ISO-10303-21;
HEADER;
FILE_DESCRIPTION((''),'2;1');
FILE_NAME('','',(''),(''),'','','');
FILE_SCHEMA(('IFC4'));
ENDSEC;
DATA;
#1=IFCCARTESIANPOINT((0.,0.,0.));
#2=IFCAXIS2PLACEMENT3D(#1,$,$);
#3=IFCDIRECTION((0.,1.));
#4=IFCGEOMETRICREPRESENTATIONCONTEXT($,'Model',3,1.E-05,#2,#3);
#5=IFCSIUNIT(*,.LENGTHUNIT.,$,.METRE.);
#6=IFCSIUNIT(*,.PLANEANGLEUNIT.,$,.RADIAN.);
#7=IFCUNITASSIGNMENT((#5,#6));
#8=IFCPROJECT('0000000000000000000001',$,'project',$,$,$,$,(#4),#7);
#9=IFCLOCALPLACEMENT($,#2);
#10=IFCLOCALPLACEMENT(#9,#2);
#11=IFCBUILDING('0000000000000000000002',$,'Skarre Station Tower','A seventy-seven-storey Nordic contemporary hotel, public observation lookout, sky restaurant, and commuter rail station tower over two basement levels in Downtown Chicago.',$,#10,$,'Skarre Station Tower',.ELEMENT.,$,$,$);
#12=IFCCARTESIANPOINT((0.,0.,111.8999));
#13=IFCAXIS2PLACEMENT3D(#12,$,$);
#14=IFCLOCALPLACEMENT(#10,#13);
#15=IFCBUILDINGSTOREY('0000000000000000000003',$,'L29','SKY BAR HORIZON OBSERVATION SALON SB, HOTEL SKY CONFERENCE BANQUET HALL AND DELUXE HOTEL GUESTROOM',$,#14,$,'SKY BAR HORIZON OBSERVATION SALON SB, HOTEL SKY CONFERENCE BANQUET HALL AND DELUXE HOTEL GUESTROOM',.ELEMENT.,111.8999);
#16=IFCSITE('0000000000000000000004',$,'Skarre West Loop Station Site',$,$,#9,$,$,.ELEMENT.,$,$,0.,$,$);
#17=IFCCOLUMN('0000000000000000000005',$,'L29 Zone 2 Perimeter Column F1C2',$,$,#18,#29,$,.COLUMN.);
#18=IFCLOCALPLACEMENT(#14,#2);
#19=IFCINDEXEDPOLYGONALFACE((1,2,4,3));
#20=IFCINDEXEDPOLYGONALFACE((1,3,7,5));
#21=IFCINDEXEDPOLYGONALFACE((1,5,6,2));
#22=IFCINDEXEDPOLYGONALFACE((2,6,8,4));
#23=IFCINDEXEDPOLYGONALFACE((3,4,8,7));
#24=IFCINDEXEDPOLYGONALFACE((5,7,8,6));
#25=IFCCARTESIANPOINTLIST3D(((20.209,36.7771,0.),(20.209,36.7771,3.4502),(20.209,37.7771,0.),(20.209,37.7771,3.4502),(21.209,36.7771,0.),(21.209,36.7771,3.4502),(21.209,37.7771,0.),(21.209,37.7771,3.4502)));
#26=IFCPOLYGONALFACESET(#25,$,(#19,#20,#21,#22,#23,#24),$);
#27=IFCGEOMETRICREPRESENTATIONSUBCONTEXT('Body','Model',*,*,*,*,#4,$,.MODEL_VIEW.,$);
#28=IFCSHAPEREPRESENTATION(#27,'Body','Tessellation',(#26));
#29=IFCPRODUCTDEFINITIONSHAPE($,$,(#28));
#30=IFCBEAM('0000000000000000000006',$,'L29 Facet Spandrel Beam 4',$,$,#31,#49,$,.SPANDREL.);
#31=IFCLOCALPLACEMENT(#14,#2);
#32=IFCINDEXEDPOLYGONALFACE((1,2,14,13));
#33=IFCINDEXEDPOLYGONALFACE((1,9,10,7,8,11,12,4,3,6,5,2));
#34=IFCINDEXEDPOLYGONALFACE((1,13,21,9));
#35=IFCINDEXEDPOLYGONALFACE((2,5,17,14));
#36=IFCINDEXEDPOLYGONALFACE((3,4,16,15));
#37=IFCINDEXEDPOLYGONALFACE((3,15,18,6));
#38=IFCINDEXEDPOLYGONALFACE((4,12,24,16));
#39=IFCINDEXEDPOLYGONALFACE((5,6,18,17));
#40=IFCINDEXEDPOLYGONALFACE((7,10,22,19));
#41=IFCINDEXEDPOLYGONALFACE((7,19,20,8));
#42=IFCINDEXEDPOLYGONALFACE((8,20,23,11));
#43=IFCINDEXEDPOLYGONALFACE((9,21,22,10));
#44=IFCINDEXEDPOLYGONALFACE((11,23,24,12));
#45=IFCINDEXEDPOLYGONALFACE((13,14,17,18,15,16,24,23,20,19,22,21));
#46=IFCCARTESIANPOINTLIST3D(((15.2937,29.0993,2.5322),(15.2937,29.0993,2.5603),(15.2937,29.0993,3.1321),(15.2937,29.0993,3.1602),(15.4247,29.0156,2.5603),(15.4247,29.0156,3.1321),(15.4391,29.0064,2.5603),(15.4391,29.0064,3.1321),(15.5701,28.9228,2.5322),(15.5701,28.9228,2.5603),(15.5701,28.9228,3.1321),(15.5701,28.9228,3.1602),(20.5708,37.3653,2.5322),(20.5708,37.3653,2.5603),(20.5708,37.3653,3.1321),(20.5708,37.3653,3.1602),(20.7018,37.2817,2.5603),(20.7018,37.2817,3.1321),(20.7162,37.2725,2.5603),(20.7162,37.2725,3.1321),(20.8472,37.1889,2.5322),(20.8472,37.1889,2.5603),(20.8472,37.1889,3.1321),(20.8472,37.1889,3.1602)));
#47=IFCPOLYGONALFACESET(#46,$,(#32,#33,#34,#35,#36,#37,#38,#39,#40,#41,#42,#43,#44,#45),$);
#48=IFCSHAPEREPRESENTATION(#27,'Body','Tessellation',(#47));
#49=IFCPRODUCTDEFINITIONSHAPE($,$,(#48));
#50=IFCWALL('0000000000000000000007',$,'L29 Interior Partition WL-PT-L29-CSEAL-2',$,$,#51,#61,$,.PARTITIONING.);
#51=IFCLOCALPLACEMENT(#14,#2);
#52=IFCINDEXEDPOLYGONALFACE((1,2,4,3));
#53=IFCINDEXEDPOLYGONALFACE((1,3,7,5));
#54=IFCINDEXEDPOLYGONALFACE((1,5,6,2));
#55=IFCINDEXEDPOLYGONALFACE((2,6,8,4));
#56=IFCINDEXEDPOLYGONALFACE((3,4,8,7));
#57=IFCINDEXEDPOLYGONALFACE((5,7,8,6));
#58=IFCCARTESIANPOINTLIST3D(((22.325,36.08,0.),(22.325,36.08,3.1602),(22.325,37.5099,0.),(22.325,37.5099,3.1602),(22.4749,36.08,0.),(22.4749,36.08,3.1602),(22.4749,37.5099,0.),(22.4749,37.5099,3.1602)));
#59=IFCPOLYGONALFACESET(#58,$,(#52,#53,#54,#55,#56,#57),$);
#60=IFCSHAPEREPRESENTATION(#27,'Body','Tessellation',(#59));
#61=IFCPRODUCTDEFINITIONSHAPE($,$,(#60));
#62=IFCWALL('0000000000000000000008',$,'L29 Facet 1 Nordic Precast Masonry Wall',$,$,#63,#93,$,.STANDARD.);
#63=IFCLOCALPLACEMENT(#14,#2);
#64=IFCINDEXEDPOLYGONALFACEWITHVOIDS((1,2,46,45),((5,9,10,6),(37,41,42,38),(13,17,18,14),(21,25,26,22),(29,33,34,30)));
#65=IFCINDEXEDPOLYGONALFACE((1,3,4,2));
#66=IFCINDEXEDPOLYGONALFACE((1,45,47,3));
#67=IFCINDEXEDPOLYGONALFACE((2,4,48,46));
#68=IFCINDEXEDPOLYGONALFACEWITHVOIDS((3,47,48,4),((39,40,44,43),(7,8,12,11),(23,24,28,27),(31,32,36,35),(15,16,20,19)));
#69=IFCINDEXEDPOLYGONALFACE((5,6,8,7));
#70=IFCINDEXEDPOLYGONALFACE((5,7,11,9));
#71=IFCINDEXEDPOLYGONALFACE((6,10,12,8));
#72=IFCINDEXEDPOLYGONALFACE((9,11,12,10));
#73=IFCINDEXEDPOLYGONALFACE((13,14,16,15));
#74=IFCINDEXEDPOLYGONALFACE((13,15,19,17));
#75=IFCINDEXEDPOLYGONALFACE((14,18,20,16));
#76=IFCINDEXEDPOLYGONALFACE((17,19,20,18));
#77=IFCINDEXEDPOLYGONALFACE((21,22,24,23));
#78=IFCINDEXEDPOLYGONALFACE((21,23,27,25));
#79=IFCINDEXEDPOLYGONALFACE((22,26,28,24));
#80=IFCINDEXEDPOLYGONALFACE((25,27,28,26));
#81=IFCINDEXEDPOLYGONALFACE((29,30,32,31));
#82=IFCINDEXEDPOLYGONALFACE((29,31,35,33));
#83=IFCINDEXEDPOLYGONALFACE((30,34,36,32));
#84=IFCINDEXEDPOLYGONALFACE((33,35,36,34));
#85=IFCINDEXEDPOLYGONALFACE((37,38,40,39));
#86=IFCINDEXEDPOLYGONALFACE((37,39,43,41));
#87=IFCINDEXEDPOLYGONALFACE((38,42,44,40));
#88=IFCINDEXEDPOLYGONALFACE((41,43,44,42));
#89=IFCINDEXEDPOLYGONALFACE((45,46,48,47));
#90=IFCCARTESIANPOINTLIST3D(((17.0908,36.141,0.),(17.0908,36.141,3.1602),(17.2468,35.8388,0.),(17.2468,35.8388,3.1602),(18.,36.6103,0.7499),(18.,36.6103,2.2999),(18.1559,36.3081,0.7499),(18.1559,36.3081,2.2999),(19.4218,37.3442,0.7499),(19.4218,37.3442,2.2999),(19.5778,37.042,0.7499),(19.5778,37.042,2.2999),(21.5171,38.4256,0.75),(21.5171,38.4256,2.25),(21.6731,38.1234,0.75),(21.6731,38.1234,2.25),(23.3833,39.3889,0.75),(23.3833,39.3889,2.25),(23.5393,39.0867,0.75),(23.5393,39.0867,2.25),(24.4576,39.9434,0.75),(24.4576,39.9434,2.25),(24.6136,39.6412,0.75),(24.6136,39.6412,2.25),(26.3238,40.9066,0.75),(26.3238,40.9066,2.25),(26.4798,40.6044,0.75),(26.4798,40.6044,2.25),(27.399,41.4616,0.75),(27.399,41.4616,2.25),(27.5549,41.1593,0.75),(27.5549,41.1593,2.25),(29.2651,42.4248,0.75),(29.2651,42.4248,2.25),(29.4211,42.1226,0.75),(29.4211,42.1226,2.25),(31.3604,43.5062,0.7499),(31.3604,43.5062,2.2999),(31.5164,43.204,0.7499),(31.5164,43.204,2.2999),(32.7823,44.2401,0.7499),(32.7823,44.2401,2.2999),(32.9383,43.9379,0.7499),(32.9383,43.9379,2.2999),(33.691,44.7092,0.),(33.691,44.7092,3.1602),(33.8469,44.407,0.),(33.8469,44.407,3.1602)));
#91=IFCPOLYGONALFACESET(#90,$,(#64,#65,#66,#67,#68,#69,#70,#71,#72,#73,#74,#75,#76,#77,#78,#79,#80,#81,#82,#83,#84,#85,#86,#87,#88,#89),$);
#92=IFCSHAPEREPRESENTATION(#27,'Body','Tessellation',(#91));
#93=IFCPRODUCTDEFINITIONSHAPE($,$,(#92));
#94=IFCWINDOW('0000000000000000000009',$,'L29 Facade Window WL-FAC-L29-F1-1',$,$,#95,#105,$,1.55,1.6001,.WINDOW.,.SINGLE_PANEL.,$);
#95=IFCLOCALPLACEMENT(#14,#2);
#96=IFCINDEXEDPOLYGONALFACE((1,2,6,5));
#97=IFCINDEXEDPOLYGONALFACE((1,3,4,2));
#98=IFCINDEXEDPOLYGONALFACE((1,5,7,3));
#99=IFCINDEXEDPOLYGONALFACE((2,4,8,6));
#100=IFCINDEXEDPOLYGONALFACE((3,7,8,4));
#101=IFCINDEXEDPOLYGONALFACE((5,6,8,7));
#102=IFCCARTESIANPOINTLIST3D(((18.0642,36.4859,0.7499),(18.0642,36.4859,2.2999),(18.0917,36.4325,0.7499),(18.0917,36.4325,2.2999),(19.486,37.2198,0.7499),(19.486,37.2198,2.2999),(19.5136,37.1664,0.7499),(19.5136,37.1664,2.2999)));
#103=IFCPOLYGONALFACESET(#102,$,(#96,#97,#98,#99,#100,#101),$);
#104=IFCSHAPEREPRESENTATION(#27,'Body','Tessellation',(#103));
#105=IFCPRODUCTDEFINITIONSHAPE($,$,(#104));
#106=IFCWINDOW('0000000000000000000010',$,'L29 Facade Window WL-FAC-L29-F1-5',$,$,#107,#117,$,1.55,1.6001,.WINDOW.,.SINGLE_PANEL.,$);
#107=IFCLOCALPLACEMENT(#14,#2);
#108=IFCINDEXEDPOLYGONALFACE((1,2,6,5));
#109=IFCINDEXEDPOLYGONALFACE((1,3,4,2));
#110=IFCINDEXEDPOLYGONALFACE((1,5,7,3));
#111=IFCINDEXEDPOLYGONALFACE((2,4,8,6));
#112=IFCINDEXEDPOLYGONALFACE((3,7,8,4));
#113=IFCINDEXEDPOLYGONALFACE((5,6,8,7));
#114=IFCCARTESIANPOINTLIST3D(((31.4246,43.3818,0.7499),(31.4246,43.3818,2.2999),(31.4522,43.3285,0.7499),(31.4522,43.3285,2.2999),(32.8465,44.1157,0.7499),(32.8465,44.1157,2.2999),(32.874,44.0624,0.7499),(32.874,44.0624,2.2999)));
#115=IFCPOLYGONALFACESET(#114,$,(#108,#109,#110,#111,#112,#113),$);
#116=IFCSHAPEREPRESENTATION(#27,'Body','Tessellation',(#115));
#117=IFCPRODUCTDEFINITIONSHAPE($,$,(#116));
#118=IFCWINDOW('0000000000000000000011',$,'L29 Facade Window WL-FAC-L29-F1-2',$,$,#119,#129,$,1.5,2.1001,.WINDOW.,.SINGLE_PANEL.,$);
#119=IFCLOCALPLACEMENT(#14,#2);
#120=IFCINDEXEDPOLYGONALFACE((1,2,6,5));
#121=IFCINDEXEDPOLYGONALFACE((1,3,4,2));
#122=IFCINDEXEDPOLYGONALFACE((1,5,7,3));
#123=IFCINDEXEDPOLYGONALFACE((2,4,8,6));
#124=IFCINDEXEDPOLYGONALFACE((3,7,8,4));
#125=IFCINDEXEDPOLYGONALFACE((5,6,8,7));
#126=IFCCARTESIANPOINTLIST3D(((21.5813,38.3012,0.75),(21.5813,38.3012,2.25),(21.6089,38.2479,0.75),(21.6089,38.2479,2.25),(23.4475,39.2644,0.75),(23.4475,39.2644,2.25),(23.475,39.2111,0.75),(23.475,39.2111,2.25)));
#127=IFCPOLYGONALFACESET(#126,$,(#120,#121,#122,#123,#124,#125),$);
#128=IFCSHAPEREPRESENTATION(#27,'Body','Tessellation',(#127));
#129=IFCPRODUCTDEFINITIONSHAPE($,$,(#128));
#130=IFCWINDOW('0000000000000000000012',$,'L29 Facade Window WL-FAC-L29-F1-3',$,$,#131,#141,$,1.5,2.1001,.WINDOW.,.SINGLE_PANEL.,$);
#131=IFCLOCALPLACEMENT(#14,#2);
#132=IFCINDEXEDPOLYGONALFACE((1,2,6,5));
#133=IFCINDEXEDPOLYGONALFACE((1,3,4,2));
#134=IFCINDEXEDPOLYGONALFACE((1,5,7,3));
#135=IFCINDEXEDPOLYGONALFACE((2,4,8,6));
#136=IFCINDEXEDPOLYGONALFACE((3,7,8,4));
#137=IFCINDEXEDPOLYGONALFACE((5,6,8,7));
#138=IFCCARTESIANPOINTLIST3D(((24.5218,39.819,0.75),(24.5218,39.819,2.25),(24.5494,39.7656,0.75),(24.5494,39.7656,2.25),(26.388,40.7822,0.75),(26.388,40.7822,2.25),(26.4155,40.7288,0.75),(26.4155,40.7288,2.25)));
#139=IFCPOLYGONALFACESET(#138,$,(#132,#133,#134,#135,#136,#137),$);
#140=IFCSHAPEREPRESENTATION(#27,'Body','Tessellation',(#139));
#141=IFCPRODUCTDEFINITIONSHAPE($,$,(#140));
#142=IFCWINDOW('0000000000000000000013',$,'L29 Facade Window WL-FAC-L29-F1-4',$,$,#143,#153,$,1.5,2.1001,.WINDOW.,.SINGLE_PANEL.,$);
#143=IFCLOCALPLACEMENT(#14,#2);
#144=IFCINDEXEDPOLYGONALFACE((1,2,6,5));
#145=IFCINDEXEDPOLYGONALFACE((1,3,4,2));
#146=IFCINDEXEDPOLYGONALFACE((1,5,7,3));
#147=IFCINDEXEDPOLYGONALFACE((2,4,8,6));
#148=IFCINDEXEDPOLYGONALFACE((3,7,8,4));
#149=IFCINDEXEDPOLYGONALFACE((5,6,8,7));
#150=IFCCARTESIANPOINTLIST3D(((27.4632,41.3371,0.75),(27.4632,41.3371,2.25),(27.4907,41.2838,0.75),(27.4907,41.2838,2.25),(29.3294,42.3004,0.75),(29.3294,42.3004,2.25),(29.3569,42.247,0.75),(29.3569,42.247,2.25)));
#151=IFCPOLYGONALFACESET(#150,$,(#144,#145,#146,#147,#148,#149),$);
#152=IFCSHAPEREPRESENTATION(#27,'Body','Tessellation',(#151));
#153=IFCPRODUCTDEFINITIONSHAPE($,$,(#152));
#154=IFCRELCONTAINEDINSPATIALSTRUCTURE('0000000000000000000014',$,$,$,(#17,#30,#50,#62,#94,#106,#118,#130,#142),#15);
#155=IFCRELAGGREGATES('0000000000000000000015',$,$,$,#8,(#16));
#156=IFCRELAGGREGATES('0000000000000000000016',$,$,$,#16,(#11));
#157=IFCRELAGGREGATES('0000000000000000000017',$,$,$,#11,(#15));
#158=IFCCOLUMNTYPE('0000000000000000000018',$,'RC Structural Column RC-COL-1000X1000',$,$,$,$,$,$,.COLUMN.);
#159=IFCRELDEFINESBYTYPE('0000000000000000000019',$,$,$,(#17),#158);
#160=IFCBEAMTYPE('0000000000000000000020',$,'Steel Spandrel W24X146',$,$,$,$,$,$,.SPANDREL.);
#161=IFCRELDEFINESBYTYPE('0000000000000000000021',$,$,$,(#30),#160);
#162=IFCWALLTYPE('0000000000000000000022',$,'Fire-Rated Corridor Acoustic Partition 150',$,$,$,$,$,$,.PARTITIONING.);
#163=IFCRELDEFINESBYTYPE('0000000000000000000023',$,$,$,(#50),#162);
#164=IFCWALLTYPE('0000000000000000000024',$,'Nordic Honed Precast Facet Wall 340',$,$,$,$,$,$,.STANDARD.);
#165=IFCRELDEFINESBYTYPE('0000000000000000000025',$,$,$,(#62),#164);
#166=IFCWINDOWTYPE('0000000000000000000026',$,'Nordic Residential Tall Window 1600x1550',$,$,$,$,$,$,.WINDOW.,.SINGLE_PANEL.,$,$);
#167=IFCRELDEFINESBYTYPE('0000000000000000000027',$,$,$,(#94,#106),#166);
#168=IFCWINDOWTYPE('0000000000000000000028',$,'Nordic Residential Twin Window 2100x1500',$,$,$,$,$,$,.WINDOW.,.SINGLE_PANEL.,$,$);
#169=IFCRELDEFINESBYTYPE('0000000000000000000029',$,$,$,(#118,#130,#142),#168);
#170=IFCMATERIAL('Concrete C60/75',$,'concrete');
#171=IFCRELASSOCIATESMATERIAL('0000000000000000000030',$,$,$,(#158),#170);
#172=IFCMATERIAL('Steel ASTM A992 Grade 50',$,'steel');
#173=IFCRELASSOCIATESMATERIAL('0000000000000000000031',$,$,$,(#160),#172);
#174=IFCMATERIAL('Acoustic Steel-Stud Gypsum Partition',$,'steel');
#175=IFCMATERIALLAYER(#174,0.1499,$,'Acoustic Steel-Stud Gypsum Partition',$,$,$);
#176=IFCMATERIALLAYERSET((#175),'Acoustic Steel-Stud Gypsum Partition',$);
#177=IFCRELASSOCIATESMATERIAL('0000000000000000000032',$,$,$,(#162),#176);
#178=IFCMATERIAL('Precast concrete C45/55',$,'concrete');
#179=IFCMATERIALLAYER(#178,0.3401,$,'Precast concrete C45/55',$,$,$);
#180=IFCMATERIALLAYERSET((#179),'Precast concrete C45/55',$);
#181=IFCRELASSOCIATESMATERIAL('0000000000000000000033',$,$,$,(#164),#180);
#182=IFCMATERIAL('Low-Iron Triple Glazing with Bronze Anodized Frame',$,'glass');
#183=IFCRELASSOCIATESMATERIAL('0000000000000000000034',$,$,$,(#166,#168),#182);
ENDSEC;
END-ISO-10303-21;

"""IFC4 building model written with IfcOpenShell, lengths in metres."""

from ifc_helpers import new_model, si_unit, direction, frame, frame_2d, origin, origin_2d, place, context, subcontext, project, spatial, rectangle, i_section, extrude, material, layer, layer_set, material_profile, profile_set, type_object, element, fill, save


model = new_model("IFC4")

# Units and contexts
model_context = context("Model", 3, precision=1e-05, world=origin(), true_north=direction((0.0, 1.0)))
body_context = subcontext(model_context, "Body", "Model", "MODEL_VIEW")
ifc_project = project(units=[si_unit("LENGTHUNIT", "METRE"), si_unit("PLANEANGLEUNIT", "RADIAN")], contexts=[model_context])

# Site, building, storey
site_placement = place(None, origin())
site = spatial("IfcSite", under=ifc_project, at=site_placement, Name="Skarre West Loop Station Site", CompositionType="ELEMENT", RefElevation=0.0)
building_placement = place(site_placement, origin())
building = spatial("IfcBuilding", under=site, at=building_placement, Name="Skarre Station Tower", Description="A seventy-seven-storey Nordic contemporary hotel, public observation lookout, sky restaurant, and commuter rail station tower over two basement levels in Downtown Chicago.", LongName="Skarre Station Tower", CompositionType="ELEMENT")
storey_placement = place(building_placement, frame((0.0, 0.0, 111.8999)))
storey = spatial("IfcBuildingStorey", under=building, at=storey_placement, Name="L29", Description="SKY BAR HORIZON OBSERVATION SALON SB, HOTEL SKY CONFERENCE BANQUET HALL AND DELUXE HOTEL GUESTROOM", LongName="SKY BAR HORIZON OBSERVATION SALON SB, HOTEL SKY CONFERENCE BANQUET HALL AND DELUXE HOTEL GUESTROOM", CompositionType="ELEMENT", Elevation=111.8999)

# Column
ifc_material_1 = material(Name="Concrete C60/75", Category="concrete")
ifc_material_profile_1 = material_profile(ifc_material_1, rectangle(XDim=1.0, YDim=1.0, at=origin_2d()), Name="Concrete C60/75")
ifc_profile_set_1 = profile_set([ifc_material_profile_1], Name="Concrete C60/75")
column_type = type_object("IfcColumnType", Name="RC Structural Column RC-COL-1000X1000", PredefinedType="COLUMN", material=ifc_profile_set_1)
column_placement = place(storey_placement, frame((20.709, 37.2771, 0.0), z_axis=(0.0, 0.0, 1.0), x_axis=(1.0, 0.0, 0.0)))
element("IfcColumn", 1, at=column_placement, inside=storey, type_object=column_type, Name="L29 Zone 2 Perimeter Column F1C2", PredefinedType="COLUMN", context=body_context, shape_type="SweptSolid", body=[
    extrude(rectangle(XDim=1.0, YDim=1.0, at=origin_2d()), origin(), (0.0, 0.0, 1.0), 3.4502),
])

# Beam
ifc_material_2 = material(Name="Steel ASTM A992 Grade 50", Category="steel")
ifc_material_profile_2 = material_profile(ifc_material_2, i_section(OverallWidth=0.3279, OverallDepth=0.6279, WebThickness=0.0171, FlangeThickness=0.0281, at=origin_2d()), Name="Steel ASTM A992 Grade 50")
ifc_profile_set_2 = profile_set([ifc_material_profile_2], Name="Steel ASTM A992 Grade 50")
beam_type = type_object("IfcBeamType", Name="Steel Spandrel W24X146", PredefinedType="SPANDREL", material=ifc_profile_set_2)
beam_placement = place(storey_placement, frame((20.709, 37.2771, 2.8462), z_axis=(-0.538098, -0.842883, 0.0), x_axis=(0.842883, -0.538098, 0.0)))
element("IfcBeam", 2, at=beam_placement, inside=storey, type_object=beam_type, Name="L29 Facet Spandrel Beam 4", PredefinedType="SPANDREL", context=body_context, shape_type="SweptSolid", body=[
    extrude(i_section(OverallWidth=0.3279, OverallDepth=0.6279, WebThickness=0.0171, FlangeThickness=0.0281, at=origin_2d()), origin(), (0.0, 0.0, 1.0), 9.8069),
])

# Wall
ifc_material_3 = material(Name="Acoustic Steel-Stud Gypsum Partition", Category="steel")
ifc_layer_1 = layer(ifc_material_3, 0.1499, Name="Acoustic Steel-Stud Gypsum Partition")
ifc_layer_set_1 = layer_set([ifc_layer_1], Name="Acoustic Steel-Stud Gypsum Partition")
wall_type_1 = type_object("IfcWallType", Name="Fire-Rated Corridor Acoustic Partition 150", PredefinedType="PARTITIONING", material=ifc_layer_set_1)
wall_1_placement = place(storey_placement, frame((22.3999, 36.0801, 0.0), z_axis=(0.0, 0.0, 1.0), x_axis=(0.0, 1.0, 0.0)))
element("IfcWall", 3, at=wall_1_placement, inside=storey, type_object=wall_type_1, Name="L29 Interior Partition WL-PT-L29-CSEAL-2", PredefinedType="PARTITIONING", context=body_context, shape_type="SweptSolid", body=[
    extrude(rectangle(XDim=1.4299, YDim=0.1499, at=frame_2d((0.7148, 0.0))), origin(), (0.0, 0.0, 1.0), 3.1602),
])

# Wall, openings, windows
ifc_material_4 = material(Name="Precast concrete C45/55", Category="concrete")
ifc_layer_2 = layer(ifc_material_4, 0.3401, Name="Precast concrete C45/55")
ifc_layer_set_2 = layer_set([ifc_layer_2], Name="Precast concrete C45/55")
wall_type_2 = type_object("IfcWallType", Name="Nordic Honed Precast Facet Wall 340", PredefinedType="STANDARD", material=ifc_layer_set_2)
wall_2_placement = place(storey_placement, frame((17.1689, 35.99, 0.0), z_axis=(0.0, 0.0, 1.0), x_axis=(0.888614, 0.458657, 0.0)))
wall_2 = element("IfcWall", 4, at=wall_2_placement, inside=storey, type_object=wall_type_2, Name="L29 Facet 1 Nordic Precast Masonry Wall", PredefinedType="STANDARD", context=body_context, shape_type="SweptSolid", body=[
    extrude(rectangle(XDim=18.6809, YDim=0.3401, at=frame_2d((9.3403, 0.0))), origin(), (0.0, 0.0, 1.0), 3.1602),
])
opening_1_placement = place(wall_2_placement, frame((1.0229, 0.0, 0.75)))
opening_1 = element("IfcOpeningElement", 5, at=opening_1_placement, cuts=wall_2, PredefinedType="OPENING", context=body_context, shape_type="SweptSolid", body=[
    extrude(rectangle(XDim=1.6001, YDim=1.55, at=frame_2d((0.8, 0.7749))), frame((0.0, 0.1799, 0.0), z_axis=(0.0, -1.0, 0.0), x_axis=(1.0, 0.0, 0.0)), (0.0, 0.0, 1.0), 0.3601),
])
opening_2_placement = place(wall_2_placement, frame((4.981, 0.0, 0.75)))
opening_2 = element("IfcOpeningElement", 6, at=opening_2_placement, cuts=wall_2, PredefinedType="OPENING", context=body_context, shape_type="SweptSolid", body=[
    extrude(rectangle(XDim=2.1001, YDim=1.5, at=frame_2d((1.05, 0.75))), frame((0.0, 0.1799, 0.0), z_axis=(0.0, -1.0, 0.0), x_axis=(1.0, 0.0, 0.0)), (0.0, 0.0, 1.0), 0.3601),
])
opening_3_placement = place(wall_2_placement, frame((8.29, 0.0, 0.75)))
opening_3 = element("IfcOpeningElement", 7, at=opening_3_placement, cuts=wall_2, PredefinedType="OPENING", context=body_context, shape_type="SweptSolid", body=[
    extrude(rectangle(XDim=2.1001, YDim=1.5, at=frame_2d((1.05, 0.75))), frame((0.0, 0.1799, 0.0), z_axis=(0.0, -1.0, 0.0), x_axis=(1.0, 0.0, 0.0)), (0.0, 0.0, 1.0), 0.3601),
])
opening_4_placement = place(wall_2_placement, frame((11.6001, 0.0, 0.75)))
opening_4 = element("IfcOpeningElement", 8, at=opening_4_placement, cuts=wall_2, PredefinedType="OPENING", context=body_context, shape_type="SweptSolid", body=[
    extrude(rectangle(XDim=2.1001, YDim=1.5, at=frame_2d((1.05, 0.75))), frame((0.0, 0.1799, 0.0), z_axis=(0.0, -1.0, 0.0), x_axis=(1.0, 0.0, 0.0)), (0.0, 0.0, 1.0), 0.3601),
])
opening_5_placement = place(wall_2_placement, frame((16.0581, 0.0, 0.75)))
opening_5 = element("IfcOpeningElement", 9, at=opening_5_placement, cuts=wall_2, PredefinedType="OPENING", context=body_context, shape_type="SweptSolid", body=[
    extrude(rectangle(XDim=1.6001, YDim=1.55, at=frame_2d((0.8, 0.7749))), frame((0.0, 0.1799, 0.0), z_axis=(0.0, -1.0, 0.0), x_axis=(1.0, 0.0, 0.0)), (0.0, 0.0, 1.0), 0.3601),
])
ifc_material_5 = material(Name="Low-Iron Triple Glazing with Bronze Anodized Frame", Category="glass")
window_type_1 = type_object("IfcWindowType", Name="Nordic Residential Tall Window 1600x1550", PartitioningType="SINGLE_PANEL", PredefinedType="WINDOW", material=ifc_material_5)
window_1_placement = place(opening_1_placement, origin())
window_1 = element("IfcWindow", 10, at=window_1_placement, inside=storey, type_object=window_type_1, Name="L29 Facade Window WL-FAC-L29-F1-1", OverallHeight=1.55, OverallWidth=1.6001, PartitioningType="SINGLE_PANEL", PredefinedType="WINDOW", context=body_context, shape_type="SweptSolid", body=[
    extrude(rectangle(XDim=1.6001, YDim=1.55, at=frame_2d((0.8, 0.7749))), frame((0.0, 0.03, 0.0), z_axis=(0.0, -1.0, 0.0), x_axis=(1.0, 0.0, 0.0)), (0.0, 0.0, 1.0), 0.0601),
])
fill(opening_1, window_1)
window_2_placement = place(opening_5_placement, origin())
window_2 = element("IfcWindow", 11, at=window_2_placement, inside=storey, type_object=window_type_1, Name="L29 Facade Window WL-FAC-L29-F1-5", OverallHeight=1.55, OverallWidth=1.6001, PartitioningType="SINGLE_PANEL", PredefinedType="WINDOW", context=body_context, shape_type="SweptSolid", body=[
    extrude(rectangle(XDim=1.6001, YDim=1.55, at=frame_2d((0.8, 0.7749))), frame((0.0, 0.03, 0.0), z_axis=(0.0, -1.0, 0.0), x_axis=(1.0, 0.0, 0.0)), (0.0, 0.0, 1.0), 0.0601),
])
fill(opening_5, window_2)
window_type_2 = type_object("IfcWindowType", Name="Nordic Residential Twin Window 2100x1500", PartitioningType="SINGLE_PANEL", PredefinedType="WINDOW", material=ifc_material_5)
window_3_placement = place(opening_2_placement, origin())
window_3 = element("IfcWindow", 12, at=window_3_placement, inside=storey, type_object=window_type_2, Name="L29 Facade Window WL-FAC-L29-F1-2", OverallHeight=1.5, OverallWidth=2.1001, PartitioningType="SINGLE_PANEL", PredefinedType="WINDOW", context=body_context, shape_type="SweptSolid", body=[
    extrude(rectangle(XDim=2.1001, YDim=1.5, at=frame_2d((1.05, 0.75))), frame((0.0, 0.03, 0.0), z_axis=(0.0, -1.0, 0.0), x_axis=(1.0, 0.0, 0.0)), (0.0, 0.0, 1.0), 0.0601),
])
fill(opening_2, window_3)
window_4_placement = place(opening_3_placement, origin())
window_4 = element("IfcWindow", 13, at=window_4_placement, inside=storey, type_object=window_type_2, Name="L29 Facade Window WL-FAC-L29-F1-3", OverallHeight=1.5, OverallWidth=2.1001, PartitioningType="SINGLE_PANEL", PredefinedType="WINDOW", context=body_context, shape_type="SweptSolid", body=[
    extrude(rectangle(XDim=2.1001, YDim=1.5, at=frame_2d((1.05, 0.75))), frame((0.0, 0.03, 0.0), z_axis=(0.0, -1.0, 0.0), x_axis=(1.0, 0.0, 0.0)), (0.0, 0.0, 1.0), 0.0601),
])
fill(opening_3, window_4)
window_5_placement = place(opening_4_placement, origin())
window_5 = element("IfcWindow", 14, at=window_5_placement, inside=storey, type_object=window_type_2, Name="L29 Facade Window WL-FAC-L29-F1-4", OverallHeight=1.5, OverallWidth=2.1001, PartitioningType="SINGLE_PANEL", PredefinedType="WINDOW", context=body_context, shape_type="SweptSolid", body=[
    extrude(rectangle(XDim=2.1001, YDim=1.5, at=frame_2d((1.05, 0.75))), frame((0.0, 0.03, 0.0), z_axis=(0.0, -1.0, 0.0), x_axis=(1.0, 0.0, 0.0)), (0.0, 0.0, 1.0), 0.0601),
])
fill(opening_4, window_5)

save(model, "model.ifc")
